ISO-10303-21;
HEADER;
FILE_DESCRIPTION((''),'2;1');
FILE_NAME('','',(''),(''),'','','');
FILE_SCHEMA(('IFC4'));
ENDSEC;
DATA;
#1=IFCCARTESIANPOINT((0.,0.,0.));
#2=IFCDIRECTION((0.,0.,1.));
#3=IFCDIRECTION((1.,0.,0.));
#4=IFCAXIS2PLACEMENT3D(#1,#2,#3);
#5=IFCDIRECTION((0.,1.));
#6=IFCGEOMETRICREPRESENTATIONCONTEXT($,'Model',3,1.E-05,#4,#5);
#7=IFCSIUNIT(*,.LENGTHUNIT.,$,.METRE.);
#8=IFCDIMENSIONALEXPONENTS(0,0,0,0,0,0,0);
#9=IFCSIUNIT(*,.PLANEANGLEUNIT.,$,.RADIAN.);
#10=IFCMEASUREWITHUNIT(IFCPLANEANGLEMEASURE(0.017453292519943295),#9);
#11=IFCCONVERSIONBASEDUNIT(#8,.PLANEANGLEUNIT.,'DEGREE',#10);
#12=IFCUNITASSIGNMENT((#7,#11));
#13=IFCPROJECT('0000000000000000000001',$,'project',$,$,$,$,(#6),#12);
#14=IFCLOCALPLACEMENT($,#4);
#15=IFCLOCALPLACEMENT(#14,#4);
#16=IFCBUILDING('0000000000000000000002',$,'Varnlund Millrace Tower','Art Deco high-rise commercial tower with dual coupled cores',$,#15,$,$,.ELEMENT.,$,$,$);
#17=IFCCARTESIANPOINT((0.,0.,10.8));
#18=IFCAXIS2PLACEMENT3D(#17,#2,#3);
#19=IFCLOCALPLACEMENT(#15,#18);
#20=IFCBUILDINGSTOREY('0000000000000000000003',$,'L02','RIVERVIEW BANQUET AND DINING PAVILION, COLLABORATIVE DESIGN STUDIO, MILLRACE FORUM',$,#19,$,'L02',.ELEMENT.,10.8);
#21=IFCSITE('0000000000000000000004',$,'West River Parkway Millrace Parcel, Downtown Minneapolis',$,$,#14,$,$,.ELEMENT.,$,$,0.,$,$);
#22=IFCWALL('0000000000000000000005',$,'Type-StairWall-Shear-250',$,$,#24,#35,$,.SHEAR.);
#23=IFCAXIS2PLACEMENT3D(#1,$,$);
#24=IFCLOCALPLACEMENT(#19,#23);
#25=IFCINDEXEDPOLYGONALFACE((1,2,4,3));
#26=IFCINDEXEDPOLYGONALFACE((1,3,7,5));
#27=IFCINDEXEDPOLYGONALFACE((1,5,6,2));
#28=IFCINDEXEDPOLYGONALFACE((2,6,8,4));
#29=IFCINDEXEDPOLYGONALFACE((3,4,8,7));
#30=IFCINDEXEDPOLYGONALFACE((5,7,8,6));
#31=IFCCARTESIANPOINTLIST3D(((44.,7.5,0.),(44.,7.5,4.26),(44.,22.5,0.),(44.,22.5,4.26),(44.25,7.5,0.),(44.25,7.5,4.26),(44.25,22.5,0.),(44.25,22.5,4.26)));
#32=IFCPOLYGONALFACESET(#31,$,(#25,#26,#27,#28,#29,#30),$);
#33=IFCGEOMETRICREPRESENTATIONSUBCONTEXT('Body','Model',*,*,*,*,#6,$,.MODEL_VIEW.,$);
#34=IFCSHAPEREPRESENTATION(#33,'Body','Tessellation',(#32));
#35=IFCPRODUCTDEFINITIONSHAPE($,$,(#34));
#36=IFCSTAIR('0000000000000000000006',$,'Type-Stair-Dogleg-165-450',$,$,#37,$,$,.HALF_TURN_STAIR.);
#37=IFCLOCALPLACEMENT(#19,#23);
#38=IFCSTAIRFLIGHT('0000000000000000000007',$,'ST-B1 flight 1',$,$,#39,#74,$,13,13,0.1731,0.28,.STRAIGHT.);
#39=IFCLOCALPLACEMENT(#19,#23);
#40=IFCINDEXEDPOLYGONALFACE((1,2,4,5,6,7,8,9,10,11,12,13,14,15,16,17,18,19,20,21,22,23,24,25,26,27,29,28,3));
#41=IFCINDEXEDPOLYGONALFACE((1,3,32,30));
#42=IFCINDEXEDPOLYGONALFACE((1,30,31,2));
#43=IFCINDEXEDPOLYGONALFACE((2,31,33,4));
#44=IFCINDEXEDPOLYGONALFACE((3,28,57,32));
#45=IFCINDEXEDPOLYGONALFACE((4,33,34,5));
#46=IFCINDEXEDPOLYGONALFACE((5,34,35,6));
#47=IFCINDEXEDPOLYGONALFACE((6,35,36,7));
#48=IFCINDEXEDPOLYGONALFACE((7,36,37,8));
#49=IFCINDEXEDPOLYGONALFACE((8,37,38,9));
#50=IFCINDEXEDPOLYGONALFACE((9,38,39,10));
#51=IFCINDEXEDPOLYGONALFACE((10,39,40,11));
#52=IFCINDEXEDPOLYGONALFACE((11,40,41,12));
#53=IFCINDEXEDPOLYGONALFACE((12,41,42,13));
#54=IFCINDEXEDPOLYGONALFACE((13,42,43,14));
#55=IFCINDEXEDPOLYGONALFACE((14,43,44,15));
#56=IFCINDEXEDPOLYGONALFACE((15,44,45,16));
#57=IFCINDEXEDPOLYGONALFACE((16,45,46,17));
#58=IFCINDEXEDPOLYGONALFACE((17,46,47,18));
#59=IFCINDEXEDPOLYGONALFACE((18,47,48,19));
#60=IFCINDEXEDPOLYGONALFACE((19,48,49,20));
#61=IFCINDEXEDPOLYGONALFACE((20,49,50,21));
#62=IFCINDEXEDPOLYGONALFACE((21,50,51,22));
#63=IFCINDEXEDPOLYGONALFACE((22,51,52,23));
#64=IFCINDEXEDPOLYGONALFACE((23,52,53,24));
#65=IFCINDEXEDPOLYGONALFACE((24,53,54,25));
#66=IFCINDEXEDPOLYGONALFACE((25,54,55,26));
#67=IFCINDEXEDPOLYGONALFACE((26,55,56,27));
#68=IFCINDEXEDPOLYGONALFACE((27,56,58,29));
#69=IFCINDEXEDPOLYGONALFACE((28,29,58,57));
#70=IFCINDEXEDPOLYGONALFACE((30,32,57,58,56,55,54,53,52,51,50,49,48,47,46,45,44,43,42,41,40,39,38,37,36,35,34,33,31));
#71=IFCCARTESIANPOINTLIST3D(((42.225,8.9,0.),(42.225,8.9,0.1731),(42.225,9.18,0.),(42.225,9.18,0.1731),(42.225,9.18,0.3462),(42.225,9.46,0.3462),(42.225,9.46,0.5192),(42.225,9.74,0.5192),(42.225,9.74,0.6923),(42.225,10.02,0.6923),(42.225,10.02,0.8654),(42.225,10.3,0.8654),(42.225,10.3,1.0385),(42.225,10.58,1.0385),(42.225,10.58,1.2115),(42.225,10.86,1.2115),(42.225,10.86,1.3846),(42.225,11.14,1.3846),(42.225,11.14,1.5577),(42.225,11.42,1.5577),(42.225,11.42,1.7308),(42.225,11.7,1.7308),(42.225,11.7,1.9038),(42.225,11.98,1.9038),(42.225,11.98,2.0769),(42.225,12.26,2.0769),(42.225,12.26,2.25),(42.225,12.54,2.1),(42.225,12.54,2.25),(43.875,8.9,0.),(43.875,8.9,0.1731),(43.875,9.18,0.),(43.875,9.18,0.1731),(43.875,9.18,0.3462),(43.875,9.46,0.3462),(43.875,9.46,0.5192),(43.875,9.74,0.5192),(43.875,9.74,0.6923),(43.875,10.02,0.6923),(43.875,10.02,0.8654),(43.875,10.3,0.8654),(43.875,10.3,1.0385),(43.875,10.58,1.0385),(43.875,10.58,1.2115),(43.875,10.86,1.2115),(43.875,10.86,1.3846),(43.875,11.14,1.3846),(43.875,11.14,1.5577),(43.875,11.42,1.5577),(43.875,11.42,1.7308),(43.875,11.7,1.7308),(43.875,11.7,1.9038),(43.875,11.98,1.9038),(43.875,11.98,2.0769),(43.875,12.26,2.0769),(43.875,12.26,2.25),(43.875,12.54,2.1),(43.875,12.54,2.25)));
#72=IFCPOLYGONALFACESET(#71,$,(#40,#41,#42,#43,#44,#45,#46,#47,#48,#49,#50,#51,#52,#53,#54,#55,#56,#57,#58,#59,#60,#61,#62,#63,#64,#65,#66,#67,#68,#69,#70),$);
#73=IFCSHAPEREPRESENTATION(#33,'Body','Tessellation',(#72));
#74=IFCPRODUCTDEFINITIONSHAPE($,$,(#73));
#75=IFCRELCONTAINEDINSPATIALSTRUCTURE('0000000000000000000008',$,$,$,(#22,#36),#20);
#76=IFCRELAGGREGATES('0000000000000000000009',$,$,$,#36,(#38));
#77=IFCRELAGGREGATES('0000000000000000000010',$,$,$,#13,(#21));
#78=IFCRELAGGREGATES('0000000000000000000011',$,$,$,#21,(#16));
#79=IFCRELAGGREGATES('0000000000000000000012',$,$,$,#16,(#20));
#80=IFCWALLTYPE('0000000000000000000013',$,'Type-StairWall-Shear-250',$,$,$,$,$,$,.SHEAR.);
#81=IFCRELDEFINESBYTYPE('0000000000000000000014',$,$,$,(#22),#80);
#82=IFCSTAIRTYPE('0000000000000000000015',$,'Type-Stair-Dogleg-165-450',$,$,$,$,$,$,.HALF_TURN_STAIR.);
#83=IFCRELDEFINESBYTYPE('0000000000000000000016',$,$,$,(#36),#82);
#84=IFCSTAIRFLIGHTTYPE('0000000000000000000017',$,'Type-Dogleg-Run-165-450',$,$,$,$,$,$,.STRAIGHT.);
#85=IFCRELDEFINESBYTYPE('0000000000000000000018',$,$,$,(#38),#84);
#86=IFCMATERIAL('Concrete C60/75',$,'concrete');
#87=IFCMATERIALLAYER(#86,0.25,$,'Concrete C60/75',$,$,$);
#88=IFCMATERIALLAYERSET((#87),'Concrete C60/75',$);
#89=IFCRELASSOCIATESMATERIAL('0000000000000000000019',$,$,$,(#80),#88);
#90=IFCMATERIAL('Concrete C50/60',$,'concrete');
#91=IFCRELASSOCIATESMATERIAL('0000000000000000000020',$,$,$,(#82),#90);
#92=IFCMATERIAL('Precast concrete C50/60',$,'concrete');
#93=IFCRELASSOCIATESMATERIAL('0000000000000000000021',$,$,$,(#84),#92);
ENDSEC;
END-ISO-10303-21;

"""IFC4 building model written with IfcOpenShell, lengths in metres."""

from ifc_helpers import new_model, entity, si_unit, converted_unit, direction, frame, origin_with_axes, place, context, subcontext, project, spatial, polyline, outline, extrude, material, layer, layer_set, type_object, element, aggregate, save


model = new_model("IFC4")

# Units and contexts
model_context = context("Model", 3, precision=1e-05, world=origin_with_axes(), true_north=direction((0.0, 1.0)))
body_context = subcontext(model_context, "Body", "Model", "MODEL_VIEW")
ifc_project = project(units=[si_unit("LENGTHUNIT", "METRE"), converted_unit("PLANEANGLEUNIT", "DEGREE", entity("IfcPlaneAngleMeasure", 0.017453292519943295), si_unit("PLANEANGLEUNIT", "RADIAN"), dimensions=[0, 0, 0, 0, 0, 0, 0])], contexts=[model_context])

# Site, building, storey
site_placement = place(None, origin_with_axes())
site = spatial("IfcSite", under=ifc_project, at=site_placement, Name="West River Parkway Millrace Parcel, Downtown Minneapolis", CompositionType="ELEMENT", RefElevation=0.0)
building_placement = place(site_placement, origin_with_axes())
building = spatial("IfcBuilding", under=site, at=building_placement, Name="Varnlund Millrace Tower", Description="Art Deco high-rise commercial tower with dual coupled cores", CompositionType="ELEMENT")
storey_placement = place(building_placement, frame((0.0, 0.0, 10.8), z_axis=(0.0, 0.0, 1.0), x_axis=(1.0, 0.0, 0.0)))
storey = spatial("IfcBuildingStorey", under=building, at=storey_placement, Name="L02", Description="RIVERVIEW BANQUET AND DINING PAVILION, COLLABORATIVE DESIGN STUDIO, MILLRACE FORUM", LongName="L02", CompositionType="ELEMENT", Elevation=10.8)

# Shared definitions
ifc_material_1 = material(Name="Concrete C60/75", Category="concrete")
ifc_layer_1 = layer(ifc_material_1, 0.25, Name="Concrete C60/75")
ifc_layer_set_1 = layer_set([ifc_layer_1], Name="Concrete C60/75")

# Wall
wall_type_1 = type_object("IfcWallType", Name="Type-StairWall-Shear-250", PredefinedType="SHEAR", material=ifc_layer_set_1)
wall_1_placement = place(storey_placement, frame((44.125, 7.5, 0.0), z_axis=(0.0, 0.0, 1.0), x_axis=(0.0, 1.0, 0.0)))
element("IfcWall", 1, at=wall_1_placement, inside=storey, type_object=wall_type_1, Name="Type-StairWall-Shear-250", PredefinedType="SHEAR", context=body_context, shape_type="SweptSolid", body=[
    extrude(outline(polyline([(0.0, -0.125), (15.0, -0.125), (15.0, 0.125), (0.0, 0.125), (0.0, -0.125)])), origin_with_axes(), (0.0, 0.0, 1.0), 4.26),
])

# Stair, stair flight
ifc_material_2 = material(Name="Concrete C50/60", Category="concrete")
stair_type = type_object("IfcStairType", Name="Type-Stair-Dogleg-165-450", PredefinedType="HALF_TURN_STAIR", material=ifc_material_2)
stair_placement = place(storey_placement, origin_with_axes())
stair = element("IfcStair", 2, at=stair_placement, inside=storey, type_object=stair_type, Name="Type-Stair-Dogleg-165-450", PredefinedType="HALF_TURN_STAIR")
ifc_material_3 = material(Name="Precast concrete C50/60", Category="concrete")
stair_flight_type = type_object("IfcStairFlightType", Name="Type-Dogleg-Run-165-450", PredefinedType="STRAIGHT", material=ifc_material_3)
stair_flight_placement = place(storey_placement, frame((42.225, 8.9, 0.0), z_axis=(1.0, 0.0, 0.0), x_axis=(0.0, 1.0, 0.0)))
stair_flight = element("IfcStairFlight", 3, at=stair_flight_placement, type_object=stair_flight_type, Name="ST-B1 flight 1", NumberOfRisers=13, NumberOfTreads=13, PredefinedType="STRAIGHT", RiserHeight=0.1731, TreadLength=0.28, context=body_context, shape_type="SweptSolid", body=[
    extrude(outline(polyline([(0.0, 0.0), (0.0, 0.1731), (0.28, 0.1731), (0.28, 0.3462), (0.56, 0.3462), (0.56, 0.5192), (0.84, 0.5192), (0.84, 0.6923), (1.12, 0.6923), (1.12, 0.8654), (1.4, 0.8654), (1.4, 1.0385), (1.68, 1.0385), (1.68, 1.2115), (1.96, 1.2115), (1.96, 1.3846), (2.24, 1.3846), (2.24, 1.5577), (2.52, 1.5577), (2.52, 1.7308), (2.8, 1.7308), (2.8, 1.9038), (3.08, 1.9038), (3.08, 2.0769), (3.36, 2.0769), (3.36, 2.25), (3.64, 2.25), (3.64, 2.1), (0.28, 0.0), (0.0, 0.0)])), origin_with_axes(), (0.0, 0.0, 1.0), 1.65),
])
aggregate(stair, [stair_flight])

save(model, "model.ifc")
